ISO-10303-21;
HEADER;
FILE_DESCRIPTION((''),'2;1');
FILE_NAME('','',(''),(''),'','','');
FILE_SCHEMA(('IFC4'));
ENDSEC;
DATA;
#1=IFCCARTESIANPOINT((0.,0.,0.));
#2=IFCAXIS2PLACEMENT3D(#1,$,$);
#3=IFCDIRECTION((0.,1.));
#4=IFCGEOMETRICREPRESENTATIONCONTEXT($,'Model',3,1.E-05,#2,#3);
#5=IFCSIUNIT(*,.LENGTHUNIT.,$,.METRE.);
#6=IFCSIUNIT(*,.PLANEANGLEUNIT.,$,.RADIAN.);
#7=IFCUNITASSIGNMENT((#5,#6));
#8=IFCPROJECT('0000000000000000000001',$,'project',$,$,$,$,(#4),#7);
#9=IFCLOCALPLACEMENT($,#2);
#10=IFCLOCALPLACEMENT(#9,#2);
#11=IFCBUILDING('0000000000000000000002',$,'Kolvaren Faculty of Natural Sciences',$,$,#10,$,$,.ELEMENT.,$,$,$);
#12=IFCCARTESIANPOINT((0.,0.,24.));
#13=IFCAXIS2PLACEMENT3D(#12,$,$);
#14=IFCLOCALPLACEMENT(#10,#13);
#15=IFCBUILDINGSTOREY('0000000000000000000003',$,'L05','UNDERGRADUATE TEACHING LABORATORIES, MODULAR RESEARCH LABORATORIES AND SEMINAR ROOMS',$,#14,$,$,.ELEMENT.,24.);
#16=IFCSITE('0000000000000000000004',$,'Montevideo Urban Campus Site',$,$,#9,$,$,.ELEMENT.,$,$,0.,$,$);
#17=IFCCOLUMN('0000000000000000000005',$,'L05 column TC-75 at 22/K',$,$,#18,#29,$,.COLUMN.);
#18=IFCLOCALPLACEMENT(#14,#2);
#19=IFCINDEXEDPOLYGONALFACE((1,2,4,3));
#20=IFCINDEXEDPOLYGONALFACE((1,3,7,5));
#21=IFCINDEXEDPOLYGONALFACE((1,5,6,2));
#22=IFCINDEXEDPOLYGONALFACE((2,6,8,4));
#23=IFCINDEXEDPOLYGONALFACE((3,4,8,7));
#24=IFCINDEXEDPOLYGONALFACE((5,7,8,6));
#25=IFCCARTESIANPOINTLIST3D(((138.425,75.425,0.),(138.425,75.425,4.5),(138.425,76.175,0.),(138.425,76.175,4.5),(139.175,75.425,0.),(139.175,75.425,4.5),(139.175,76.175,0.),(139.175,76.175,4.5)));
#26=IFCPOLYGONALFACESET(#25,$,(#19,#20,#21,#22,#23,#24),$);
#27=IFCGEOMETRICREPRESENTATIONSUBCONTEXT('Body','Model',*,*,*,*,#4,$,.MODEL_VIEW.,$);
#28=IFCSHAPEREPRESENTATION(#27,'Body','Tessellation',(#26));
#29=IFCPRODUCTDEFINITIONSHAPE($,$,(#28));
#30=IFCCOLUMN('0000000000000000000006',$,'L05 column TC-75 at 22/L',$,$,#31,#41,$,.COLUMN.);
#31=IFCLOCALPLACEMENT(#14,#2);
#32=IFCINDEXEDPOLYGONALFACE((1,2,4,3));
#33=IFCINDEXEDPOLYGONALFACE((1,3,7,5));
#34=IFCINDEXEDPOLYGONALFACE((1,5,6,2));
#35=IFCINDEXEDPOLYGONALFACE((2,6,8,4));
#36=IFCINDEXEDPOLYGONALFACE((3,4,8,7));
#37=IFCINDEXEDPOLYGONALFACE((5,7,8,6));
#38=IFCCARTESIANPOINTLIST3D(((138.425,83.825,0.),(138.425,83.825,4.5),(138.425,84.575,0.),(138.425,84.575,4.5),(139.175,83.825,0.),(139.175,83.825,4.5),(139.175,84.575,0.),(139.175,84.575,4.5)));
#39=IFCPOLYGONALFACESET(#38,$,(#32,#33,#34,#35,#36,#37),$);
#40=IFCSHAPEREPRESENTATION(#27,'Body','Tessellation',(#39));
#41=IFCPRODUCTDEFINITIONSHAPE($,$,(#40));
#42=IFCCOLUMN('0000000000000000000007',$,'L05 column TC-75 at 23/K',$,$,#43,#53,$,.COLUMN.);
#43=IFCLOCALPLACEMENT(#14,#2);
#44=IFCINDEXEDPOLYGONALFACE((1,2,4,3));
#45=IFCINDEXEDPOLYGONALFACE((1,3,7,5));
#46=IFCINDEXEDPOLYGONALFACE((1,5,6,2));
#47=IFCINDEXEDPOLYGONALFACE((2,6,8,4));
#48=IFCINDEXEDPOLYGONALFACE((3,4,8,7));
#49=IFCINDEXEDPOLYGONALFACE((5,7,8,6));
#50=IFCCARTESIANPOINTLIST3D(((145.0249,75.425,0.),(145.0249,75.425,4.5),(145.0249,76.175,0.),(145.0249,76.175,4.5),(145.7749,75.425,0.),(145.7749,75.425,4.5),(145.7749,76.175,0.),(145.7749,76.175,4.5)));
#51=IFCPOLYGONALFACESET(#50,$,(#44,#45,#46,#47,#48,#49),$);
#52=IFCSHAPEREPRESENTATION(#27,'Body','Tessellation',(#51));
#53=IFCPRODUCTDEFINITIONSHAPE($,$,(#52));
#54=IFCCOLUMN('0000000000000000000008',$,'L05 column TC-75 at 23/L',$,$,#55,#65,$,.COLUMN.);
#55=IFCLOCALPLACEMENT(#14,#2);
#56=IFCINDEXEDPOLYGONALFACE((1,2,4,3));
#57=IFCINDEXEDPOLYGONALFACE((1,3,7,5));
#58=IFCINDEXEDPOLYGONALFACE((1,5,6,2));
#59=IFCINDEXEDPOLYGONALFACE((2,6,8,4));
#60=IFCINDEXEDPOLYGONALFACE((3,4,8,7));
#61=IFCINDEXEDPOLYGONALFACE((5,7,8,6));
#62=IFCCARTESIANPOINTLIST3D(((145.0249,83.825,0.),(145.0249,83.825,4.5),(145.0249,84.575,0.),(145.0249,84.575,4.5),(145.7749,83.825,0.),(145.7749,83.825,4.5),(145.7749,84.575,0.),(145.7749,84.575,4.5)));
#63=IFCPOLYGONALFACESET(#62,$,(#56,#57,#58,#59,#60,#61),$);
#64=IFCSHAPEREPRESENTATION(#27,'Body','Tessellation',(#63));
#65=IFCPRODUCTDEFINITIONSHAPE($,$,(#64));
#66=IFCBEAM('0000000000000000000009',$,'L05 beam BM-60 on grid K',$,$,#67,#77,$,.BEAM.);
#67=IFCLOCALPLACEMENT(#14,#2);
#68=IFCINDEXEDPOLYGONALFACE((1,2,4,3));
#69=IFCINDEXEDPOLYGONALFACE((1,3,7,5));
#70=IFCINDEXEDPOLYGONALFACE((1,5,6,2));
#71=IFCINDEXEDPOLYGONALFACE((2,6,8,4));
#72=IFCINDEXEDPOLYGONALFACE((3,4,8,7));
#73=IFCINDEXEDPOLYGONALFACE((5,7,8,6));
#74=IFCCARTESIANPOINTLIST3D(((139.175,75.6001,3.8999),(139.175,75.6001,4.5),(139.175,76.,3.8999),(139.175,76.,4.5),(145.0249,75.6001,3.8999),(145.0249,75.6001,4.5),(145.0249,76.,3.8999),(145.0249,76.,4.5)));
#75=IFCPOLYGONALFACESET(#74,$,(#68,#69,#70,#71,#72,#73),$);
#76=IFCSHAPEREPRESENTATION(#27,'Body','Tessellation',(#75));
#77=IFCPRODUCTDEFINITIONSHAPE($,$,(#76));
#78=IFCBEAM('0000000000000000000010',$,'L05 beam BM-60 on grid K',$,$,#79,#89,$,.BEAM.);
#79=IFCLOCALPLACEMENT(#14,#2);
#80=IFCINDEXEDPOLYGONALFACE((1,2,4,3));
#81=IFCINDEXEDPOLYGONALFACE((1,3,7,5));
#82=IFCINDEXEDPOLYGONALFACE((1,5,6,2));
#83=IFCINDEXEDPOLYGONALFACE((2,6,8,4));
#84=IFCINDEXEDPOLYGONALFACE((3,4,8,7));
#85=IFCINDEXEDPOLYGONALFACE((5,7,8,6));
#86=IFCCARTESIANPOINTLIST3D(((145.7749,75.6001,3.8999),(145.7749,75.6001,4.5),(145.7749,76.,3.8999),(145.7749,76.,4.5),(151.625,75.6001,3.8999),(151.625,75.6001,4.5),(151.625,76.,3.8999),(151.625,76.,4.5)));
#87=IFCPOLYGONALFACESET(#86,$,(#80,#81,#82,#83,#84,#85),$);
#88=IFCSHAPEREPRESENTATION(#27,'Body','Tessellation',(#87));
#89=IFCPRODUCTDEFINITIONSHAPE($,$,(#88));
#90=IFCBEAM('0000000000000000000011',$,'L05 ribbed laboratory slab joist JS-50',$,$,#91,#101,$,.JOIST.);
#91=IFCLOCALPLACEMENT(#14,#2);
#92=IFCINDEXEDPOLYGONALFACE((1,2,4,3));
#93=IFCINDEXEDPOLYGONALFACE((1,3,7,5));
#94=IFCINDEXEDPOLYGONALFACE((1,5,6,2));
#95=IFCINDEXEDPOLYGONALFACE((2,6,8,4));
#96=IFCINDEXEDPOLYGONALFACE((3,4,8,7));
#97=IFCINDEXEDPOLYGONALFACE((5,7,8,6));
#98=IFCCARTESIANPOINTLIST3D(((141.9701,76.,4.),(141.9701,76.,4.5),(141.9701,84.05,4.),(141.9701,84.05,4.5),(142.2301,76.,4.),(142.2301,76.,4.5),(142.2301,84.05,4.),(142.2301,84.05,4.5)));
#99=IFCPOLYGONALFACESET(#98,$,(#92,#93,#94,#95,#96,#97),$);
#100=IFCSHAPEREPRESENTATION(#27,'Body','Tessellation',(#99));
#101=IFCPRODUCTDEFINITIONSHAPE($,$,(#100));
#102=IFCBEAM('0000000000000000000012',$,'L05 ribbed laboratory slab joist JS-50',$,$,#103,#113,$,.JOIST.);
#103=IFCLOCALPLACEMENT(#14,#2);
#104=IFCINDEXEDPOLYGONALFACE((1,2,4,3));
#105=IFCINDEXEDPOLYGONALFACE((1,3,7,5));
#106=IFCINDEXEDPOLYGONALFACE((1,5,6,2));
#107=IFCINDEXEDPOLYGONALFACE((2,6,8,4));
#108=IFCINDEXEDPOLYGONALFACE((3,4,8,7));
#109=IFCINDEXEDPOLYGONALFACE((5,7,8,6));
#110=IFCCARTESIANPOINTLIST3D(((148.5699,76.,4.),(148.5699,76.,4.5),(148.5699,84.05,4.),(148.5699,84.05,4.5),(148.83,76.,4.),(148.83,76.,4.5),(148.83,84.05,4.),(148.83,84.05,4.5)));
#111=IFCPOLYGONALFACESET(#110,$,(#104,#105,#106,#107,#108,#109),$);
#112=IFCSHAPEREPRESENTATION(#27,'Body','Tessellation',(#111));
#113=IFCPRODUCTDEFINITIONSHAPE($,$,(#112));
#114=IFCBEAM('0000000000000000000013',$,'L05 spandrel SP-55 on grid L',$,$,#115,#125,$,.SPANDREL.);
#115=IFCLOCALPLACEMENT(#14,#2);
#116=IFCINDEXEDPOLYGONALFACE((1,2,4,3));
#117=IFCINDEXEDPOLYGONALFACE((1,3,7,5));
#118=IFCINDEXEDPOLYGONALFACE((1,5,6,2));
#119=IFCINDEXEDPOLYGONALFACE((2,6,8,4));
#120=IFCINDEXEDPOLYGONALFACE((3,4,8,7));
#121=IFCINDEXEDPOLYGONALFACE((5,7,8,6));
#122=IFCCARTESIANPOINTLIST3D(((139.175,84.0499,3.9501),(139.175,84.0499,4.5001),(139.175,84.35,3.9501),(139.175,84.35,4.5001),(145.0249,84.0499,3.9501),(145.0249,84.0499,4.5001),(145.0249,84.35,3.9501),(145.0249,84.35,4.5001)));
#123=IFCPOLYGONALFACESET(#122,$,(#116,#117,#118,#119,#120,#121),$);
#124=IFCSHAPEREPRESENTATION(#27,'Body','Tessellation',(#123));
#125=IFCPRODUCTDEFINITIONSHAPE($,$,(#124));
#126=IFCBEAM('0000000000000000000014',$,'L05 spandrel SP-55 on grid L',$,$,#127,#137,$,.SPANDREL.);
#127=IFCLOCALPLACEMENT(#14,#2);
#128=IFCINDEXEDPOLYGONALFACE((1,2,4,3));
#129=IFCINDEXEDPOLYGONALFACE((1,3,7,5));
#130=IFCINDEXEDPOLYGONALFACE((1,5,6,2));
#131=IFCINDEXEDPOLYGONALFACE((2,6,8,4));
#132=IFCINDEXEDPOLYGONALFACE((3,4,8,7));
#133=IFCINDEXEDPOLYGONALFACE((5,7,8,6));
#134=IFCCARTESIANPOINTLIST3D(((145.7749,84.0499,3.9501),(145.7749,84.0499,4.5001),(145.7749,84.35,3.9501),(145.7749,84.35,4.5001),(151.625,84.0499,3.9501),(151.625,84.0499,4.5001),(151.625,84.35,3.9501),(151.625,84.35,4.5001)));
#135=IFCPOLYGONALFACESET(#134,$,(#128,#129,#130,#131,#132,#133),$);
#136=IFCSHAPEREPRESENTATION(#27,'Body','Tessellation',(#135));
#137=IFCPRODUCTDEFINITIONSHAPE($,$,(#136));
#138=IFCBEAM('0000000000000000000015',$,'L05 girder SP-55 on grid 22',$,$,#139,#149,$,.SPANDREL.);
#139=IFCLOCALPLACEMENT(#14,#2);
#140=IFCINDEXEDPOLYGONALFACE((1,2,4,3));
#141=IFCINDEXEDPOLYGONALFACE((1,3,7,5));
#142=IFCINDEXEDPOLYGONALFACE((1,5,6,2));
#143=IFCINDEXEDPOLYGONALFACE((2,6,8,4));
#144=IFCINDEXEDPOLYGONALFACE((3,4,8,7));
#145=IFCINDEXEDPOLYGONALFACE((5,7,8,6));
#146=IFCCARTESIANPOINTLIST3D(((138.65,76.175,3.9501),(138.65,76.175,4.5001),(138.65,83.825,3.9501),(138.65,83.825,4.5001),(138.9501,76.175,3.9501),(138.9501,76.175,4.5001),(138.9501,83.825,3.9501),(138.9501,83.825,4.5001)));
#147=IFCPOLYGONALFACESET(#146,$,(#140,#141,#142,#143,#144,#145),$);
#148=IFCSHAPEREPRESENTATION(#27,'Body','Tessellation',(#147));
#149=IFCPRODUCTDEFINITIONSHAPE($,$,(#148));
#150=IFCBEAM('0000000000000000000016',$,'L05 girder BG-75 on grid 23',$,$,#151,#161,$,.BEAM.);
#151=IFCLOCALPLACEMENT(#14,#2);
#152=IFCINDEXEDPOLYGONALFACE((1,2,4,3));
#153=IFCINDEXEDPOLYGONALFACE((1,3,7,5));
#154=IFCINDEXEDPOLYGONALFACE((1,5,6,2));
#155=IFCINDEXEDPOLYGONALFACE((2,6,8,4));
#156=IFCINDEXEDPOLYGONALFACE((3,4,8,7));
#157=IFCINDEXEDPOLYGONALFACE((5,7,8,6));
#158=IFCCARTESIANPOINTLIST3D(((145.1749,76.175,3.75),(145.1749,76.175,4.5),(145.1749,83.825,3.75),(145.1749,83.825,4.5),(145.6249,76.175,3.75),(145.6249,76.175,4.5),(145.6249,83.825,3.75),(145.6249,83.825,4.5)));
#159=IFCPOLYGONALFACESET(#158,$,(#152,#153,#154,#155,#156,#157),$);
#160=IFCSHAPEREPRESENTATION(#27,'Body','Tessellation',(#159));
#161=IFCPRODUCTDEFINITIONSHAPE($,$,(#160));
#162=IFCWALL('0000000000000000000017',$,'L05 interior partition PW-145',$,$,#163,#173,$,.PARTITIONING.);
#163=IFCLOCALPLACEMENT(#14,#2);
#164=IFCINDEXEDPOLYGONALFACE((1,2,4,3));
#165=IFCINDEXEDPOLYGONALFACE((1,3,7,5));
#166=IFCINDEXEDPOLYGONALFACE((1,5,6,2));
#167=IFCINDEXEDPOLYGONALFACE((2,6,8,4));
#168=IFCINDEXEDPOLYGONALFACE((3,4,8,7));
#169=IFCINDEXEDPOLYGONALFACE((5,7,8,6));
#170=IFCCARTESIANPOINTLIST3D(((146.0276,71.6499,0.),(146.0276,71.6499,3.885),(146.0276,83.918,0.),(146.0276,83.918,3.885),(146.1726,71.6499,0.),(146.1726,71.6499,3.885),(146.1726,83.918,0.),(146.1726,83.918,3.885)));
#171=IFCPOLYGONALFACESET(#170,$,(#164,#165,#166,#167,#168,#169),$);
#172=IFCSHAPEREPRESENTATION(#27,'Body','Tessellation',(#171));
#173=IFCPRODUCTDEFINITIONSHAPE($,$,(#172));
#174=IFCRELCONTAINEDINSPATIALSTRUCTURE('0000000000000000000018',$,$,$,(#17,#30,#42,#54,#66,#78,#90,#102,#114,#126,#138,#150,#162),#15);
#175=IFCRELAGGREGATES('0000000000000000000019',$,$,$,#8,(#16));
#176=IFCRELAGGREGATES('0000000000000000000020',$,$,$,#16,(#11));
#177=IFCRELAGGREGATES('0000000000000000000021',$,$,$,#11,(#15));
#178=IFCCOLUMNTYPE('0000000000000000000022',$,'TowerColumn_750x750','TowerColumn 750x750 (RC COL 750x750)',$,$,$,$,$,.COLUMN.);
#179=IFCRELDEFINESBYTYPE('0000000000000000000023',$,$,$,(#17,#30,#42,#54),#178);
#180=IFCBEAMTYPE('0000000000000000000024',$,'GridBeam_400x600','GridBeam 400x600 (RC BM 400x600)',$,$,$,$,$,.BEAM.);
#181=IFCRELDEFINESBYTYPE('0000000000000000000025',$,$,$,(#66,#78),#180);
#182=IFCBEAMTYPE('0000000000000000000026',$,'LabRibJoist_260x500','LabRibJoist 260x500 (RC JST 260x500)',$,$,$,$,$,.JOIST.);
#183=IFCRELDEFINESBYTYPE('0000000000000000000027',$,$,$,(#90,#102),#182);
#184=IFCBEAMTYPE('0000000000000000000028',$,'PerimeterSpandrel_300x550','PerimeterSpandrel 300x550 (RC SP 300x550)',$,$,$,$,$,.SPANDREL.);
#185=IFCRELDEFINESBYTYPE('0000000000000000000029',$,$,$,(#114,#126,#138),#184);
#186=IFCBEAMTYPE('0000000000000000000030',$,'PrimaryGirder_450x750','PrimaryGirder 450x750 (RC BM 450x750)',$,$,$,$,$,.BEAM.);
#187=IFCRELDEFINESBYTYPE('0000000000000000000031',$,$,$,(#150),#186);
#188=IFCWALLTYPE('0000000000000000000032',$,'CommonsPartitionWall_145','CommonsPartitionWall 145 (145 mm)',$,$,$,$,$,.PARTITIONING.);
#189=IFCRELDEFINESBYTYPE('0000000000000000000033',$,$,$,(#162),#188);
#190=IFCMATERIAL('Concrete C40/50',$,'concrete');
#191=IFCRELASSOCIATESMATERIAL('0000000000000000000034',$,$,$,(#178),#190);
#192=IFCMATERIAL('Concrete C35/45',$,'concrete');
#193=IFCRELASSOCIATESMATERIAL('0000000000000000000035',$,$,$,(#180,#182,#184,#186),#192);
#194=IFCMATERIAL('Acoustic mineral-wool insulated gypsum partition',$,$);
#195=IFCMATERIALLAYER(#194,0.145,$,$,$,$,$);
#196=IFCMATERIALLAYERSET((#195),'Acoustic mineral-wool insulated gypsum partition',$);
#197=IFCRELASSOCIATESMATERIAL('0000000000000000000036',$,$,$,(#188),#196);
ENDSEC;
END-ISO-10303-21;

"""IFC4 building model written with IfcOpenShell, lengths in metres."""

from ifc_helpers import new_model, si_unit, direction, frame, frame_2d, origin, origin_2d, place, context, subcontext, project, spatial, rectangle, extrude, material, layer, layer_set, material_profile, profile_set, type_object, element, save


model = new_model("IFC4")

# Units and contexts
model_context = context("Model", 3, precision=1e-05, world=origin(), true_north=direction((0.0, 1.0)))
body_context = subcontext(model_context, "Body", "Model", "MODEL_VIEW")
ifc_project = project(units=[si_unit("LENGTHUNIT", "METRE"), si_unit("PLANEANGLEUNIT", "RADIAN")], contexts=[model_context])

# Site, building, storey
site_placement = place(None, origin())
site = spatial("IfcSite", under=ifc_project, at=site_placement, Name="Montevideo Urban Campus Site", CompositionType="ELEMENT", RefElevation=0.0)
building_placement = place(site_placement, origin())
building = spatial("IfcBuilding", under=site, at=building_placement, Name="Kolvaren Faculty of Natural Sciences", CompositionType="ELEMENT")
storey_placement = place(building_placement, frame((0.0, 0.0, 24.0)))
storey = spatial("IfcBuildingStorey", under=building, at=storey_placement, Name="L05", Description="UNDERGRADUATE TEACHING LABORATORIES, MODULAR RESEARCH LABORATORIES AND SEMINAR ROOMS", CompositionType="ELEMENT", Elevation=24.0)

# Columns
ifc_material_1 = material(Name="Concrete C40/50", Category="concrete")
ifc_material_profile_1 = material_profile(ifc_material_1, rectangle(XDim=0.75, YDim=0.75, at=origin_2d()), Name="RC COL 750x750")
ifc_profile_set_1 = profile_set([ifc_material_profile_1], Name="Concrete C40/50")
column_type = type_object("IfcColumnType", Name="TowerColumn_750x750", Description="TowerColumn 750x750 (RC COL 750x750)", PredefinedType="COLUMN", material=ifc_profile_set_1)
for number, where, z_axis, x_axis, name in (
    (1, (138.8, 75.8, 0.0), (0.0, 0.0, 1.0), (1.0, 0.0, 0.0), "L05 column TC-75 at 22/K"),
    (2, (138.8, 84.2, 0.0), (0.0, 0.0, 1.0), (1.0, 0.0, 0.0), "L05 column TC-75 at 22/L"),
    (3, (145.3999, 75.8, 0.0), (0.0, 0.0, 1.0), (1.0, 0.0, 0.0), "L05 column TC-75 at 23/K"),
    (4, (145.3999, 84.2, 0.0), (0.0, 0.0, 1.0), (1.0, 0.0, 0.0), "L05 column TC-75 at 23/L"),
):
    element("IfcColumn", number, at=place(storey_placement, frame(where, z_axis=z_axis, x_axis=x_axis)), inside=storey, type_object=column_type, Name=name, PredefinedType="COLUMN", context=body_context, shape_type="SweptSolid", body=[
        extrude(rectangle(XDim=0.75, YDim=0.75, at=origin_2d()), origin(), (0.0, 0.0, 1.0), 4.5),
    ])

# Beams
ifc_material_2 = material(Name="Concrete C35/45", Category="concrete")
ifc_material_profile_2 = material_profile(ifc_material_2, rectangle(XDim=0.3999, YDim=0.6001, at=origin_2d()), Name="RC BM 400x600")
ifc_profile_set_2 = profile_set([ifc_material_profile_2], Name="Concrete C35/45")
beam_type_1 = type_object("IfcBeamType", Name="GridBeam_400x600", Description="GridBeam 400x600 (RC BM 400x600)", PredefinedType="BEAM", material=ifc_profile_set_2)
beam_1_placement = place(storey_placement, frame((139.175, 75.8, 4.2), z_axis=(1.0, 0.0, 0.0), x_axis=(0.0, 1.0, 0.0)))
element("IfcBeam", 5, at=beam_1_placement, inside=storey, type_object=beam_type_1, Name="L05 beam BM-60 on grid K", PredefinedType="BEAM", context=body_context, shape_type="SweptSolid", body=[
    extrude(rectangle(XDim=0.3999, YDim=0.6001, at=origin_2d()), origin(), (0.0, 0.0, 1.0), 5.8499),
])
beam_2_placement = place(storey_placement, frame((145.7749, 75.8, 4.2), z_axis=(1.0, 0.0, 0.0), x_axis=(0.0, 1.0, 0.0)))
element("IfcBeam", 6, at=beam_2_placement, inside=storey, type_object=beam_type_1, Name="L05 beam BM-60 on grid K", PredefinedType="BEAM", context=body_context, shape_type="SweptSolid", body=[
    extrude(rectangle(XDim=0.3999, YDim=0.6001, at=origin_2d()), origin(), (0.0, 0.0, 1.0), 5.8501),
])
ifc_material_profile_3 = material_profile(ifc_material_2, rectangle(XDim=0.26, YDim=0.5, at=origin_2d()), Name="RC JST 260x500")
ifc_profile_set_3 = profile_set([ifc_material_profile_3], Name="Concrete C35/45")
beam_type_2 = type_object("IfcBeamType", Name="LabRibJoist_260x500", Description="LabRibJoist 260x500 (RC JST 260x500)", PredefinedType="JOIST", material=ifc_profile_set_3)
for number, where, z_axis, x_axis, name in (
    (7, (142.1001, 76.0, 4.25), (0.0, 1.0, 0.0), (-1.0, 0.0, 0.0), "L05 ribbed laboratory slab joist JS-50"),
    (8, (148.7, 76.0, 4.25), (0.0, 1.0, 0.0), (-1.0, 0.0, 0.0), "L05 ribbed laboratory slab joist JS-50"),
):
    element("IfcBeam", number, at=place(storey_placement, frame(where, z_axis=z_axis, x_axis=x_axis)), inside=storey, type_object=beam_type_2, Name=name, PredefinedType="JOIST", context=body_context, shape_type="SweptSolid", body=[
        extrude(rectangle(XDim=0.26, YDim=0.5, at=origin_2d()), origin(), (0.0, 0.0, 1.0), 8.05),
    ])
ifc_material_profile_4 = material_profile(ifc_material_2, rectangle(XDim=0.3, YDim=0.55, at=origin_2d()), Name="RC SP 300x550")
ifc_profile_set_4 = profile_set([ifc_material_profile_4], Name="Concrete C35/45")
beam_type_3 = type_object("IfcBeamType", Name="PerimeterSpandrel_300x550", Description="PerimeterSpandrel 300x550 (RC SP 300x550)", PredefinedType="SPANDREL", material=ifc_profile_set_4)
beam_3_placement = place(storey_placement, frame((139.175, 84.2, 4.2251), z_axis=(1.0, 0.0, 0.0), x_axis=(0.0, 1.0, 0.0)))
element("IfcBeam", 9, at=beam_3_placement, inside=storey, type_object=beam_type_3, Name="L05 spandrel SP-55 on grid L", PredefinedType="SPANDREL", context=body_context, shape_type="SweptSolid", body=[
    extrude(rectangle(XDim=0.3, YDim=0.55, at=origin_2d()), origin(), (0.0, 0.0, 1.0), 5.8499),
])
beam_4_placement = place(storey_placement, frame((145.7749, 84.2, 4.2251), z_axis=(1.0, 0.0, 0.0), x_axis=(0.0, 1.0, 0.0)))
element("IfcBeam", 10, at=beam_4_placement, inside=storey, type_object=beam_type_3, Name="L05 spandrel SP-55 on grid L", PredefinedType="SPANDREL", context=body_context, shape_type="SweptSolid", body=[
    extrude(rectangle(XDim=0.3, YDim=0.55, at=origin_2d()), origin(), (0.0, 0.0, 1.0), 5.8501),
])
beam_5_placement = place(storey_placement, frame((138.8, 76.175, 4.2251), z_axis=(0.0, 1.0, 0.0), x_axis=(-1.0, 0.0, 0.0)))
element("IfcBeam", 11, at=beam_5_placement, inside=storey, type_object=beam_type_3, Name="L05 girder SP-55 on grid 22", PredefinedType="SPANDREL", context=body_context, shape_type="SweptSolid", body=[
    extrude(rectangle(XDim=0.3, YDim=0.55, at=origin_2d()), origin(), (0.0, 0.0, 1.0), 7.6499),
])
ifc_material_profile_5 = material_profile(ifc_material_2, rectangle(XDim=0.45, YDim=0.75, at=origin_2d()), Name="RC BM 450x750")
ifc_profile_set_5 = profile_set([ifc_material_profile_5], Name="Concrete C35/45")
beam_type_4 = type_object("IfcBeamType", Name="PrimaryGirder_450x750", Description="PrimaryGirder 450x750 (RC BM 450x750)", PredefinedType="BEAM", material=ifc_profile_set_5)
beam_6_placement = place(storey_placement, frame((145.3999, 76.175, 4.125), z_axis=(0.0, 1.0, 0.0), x_axis=(-1.0, 0.0, 0.0)))
element("IfcBeam", 12, at=beam_6_placement, inside=storey, type_object=beam_type_4, Name="L05 girder BG-75 on grid 23", PredefinedType="BEAM", context=body_context, shape_type="SweptSolid", body=[
    extrude(rectangle(XDim=0.45, YDim=0.75, at=origin_2d()), origin(), (0.0, 0.0, 1.0), 7.6499),
])

# Wall
ifc_material_3 = material(Name="Acoustic mineral-wool insulated gypsum partition")
ifc_layer_1 = layer(ifc_material_3, 0.145)
ifc_layer_set_1 = layer_set([ifc_layer_1], Name="Acoustic mineral-wool insulated gypsum partition")
wall_type_1 = type_object("IfcWallType", Name="CommonsPartitionWall_145", Description="CommonsPartitionWall 145 (145 mm)", PredefinedType="PARTITIONING", material=ifc_layer_set_1)
wall_1_placement = place(storey_placement, frame((146.1001, 83.918, 0.0), z_axis=(0.0, 0.0, 1.0), x_axis=(0.0, -1.0, 0.0)))
element("IfcWall", 13, at=wall_1_placement, inside=storey, type_object=wall_type_1, Name="L05 interior partition PW-145", PredefinedType="PARTITIONING", context=body_context, shape_type="SweptSolid", body=[
    extrude(rectangle(XDim=12.2681, YDim=0.145, at=frame_2d((6.134, 0.0))), origin(), (0.0, 0.0, 1.0), 3.885),
])

save(model, "model.ifc")
